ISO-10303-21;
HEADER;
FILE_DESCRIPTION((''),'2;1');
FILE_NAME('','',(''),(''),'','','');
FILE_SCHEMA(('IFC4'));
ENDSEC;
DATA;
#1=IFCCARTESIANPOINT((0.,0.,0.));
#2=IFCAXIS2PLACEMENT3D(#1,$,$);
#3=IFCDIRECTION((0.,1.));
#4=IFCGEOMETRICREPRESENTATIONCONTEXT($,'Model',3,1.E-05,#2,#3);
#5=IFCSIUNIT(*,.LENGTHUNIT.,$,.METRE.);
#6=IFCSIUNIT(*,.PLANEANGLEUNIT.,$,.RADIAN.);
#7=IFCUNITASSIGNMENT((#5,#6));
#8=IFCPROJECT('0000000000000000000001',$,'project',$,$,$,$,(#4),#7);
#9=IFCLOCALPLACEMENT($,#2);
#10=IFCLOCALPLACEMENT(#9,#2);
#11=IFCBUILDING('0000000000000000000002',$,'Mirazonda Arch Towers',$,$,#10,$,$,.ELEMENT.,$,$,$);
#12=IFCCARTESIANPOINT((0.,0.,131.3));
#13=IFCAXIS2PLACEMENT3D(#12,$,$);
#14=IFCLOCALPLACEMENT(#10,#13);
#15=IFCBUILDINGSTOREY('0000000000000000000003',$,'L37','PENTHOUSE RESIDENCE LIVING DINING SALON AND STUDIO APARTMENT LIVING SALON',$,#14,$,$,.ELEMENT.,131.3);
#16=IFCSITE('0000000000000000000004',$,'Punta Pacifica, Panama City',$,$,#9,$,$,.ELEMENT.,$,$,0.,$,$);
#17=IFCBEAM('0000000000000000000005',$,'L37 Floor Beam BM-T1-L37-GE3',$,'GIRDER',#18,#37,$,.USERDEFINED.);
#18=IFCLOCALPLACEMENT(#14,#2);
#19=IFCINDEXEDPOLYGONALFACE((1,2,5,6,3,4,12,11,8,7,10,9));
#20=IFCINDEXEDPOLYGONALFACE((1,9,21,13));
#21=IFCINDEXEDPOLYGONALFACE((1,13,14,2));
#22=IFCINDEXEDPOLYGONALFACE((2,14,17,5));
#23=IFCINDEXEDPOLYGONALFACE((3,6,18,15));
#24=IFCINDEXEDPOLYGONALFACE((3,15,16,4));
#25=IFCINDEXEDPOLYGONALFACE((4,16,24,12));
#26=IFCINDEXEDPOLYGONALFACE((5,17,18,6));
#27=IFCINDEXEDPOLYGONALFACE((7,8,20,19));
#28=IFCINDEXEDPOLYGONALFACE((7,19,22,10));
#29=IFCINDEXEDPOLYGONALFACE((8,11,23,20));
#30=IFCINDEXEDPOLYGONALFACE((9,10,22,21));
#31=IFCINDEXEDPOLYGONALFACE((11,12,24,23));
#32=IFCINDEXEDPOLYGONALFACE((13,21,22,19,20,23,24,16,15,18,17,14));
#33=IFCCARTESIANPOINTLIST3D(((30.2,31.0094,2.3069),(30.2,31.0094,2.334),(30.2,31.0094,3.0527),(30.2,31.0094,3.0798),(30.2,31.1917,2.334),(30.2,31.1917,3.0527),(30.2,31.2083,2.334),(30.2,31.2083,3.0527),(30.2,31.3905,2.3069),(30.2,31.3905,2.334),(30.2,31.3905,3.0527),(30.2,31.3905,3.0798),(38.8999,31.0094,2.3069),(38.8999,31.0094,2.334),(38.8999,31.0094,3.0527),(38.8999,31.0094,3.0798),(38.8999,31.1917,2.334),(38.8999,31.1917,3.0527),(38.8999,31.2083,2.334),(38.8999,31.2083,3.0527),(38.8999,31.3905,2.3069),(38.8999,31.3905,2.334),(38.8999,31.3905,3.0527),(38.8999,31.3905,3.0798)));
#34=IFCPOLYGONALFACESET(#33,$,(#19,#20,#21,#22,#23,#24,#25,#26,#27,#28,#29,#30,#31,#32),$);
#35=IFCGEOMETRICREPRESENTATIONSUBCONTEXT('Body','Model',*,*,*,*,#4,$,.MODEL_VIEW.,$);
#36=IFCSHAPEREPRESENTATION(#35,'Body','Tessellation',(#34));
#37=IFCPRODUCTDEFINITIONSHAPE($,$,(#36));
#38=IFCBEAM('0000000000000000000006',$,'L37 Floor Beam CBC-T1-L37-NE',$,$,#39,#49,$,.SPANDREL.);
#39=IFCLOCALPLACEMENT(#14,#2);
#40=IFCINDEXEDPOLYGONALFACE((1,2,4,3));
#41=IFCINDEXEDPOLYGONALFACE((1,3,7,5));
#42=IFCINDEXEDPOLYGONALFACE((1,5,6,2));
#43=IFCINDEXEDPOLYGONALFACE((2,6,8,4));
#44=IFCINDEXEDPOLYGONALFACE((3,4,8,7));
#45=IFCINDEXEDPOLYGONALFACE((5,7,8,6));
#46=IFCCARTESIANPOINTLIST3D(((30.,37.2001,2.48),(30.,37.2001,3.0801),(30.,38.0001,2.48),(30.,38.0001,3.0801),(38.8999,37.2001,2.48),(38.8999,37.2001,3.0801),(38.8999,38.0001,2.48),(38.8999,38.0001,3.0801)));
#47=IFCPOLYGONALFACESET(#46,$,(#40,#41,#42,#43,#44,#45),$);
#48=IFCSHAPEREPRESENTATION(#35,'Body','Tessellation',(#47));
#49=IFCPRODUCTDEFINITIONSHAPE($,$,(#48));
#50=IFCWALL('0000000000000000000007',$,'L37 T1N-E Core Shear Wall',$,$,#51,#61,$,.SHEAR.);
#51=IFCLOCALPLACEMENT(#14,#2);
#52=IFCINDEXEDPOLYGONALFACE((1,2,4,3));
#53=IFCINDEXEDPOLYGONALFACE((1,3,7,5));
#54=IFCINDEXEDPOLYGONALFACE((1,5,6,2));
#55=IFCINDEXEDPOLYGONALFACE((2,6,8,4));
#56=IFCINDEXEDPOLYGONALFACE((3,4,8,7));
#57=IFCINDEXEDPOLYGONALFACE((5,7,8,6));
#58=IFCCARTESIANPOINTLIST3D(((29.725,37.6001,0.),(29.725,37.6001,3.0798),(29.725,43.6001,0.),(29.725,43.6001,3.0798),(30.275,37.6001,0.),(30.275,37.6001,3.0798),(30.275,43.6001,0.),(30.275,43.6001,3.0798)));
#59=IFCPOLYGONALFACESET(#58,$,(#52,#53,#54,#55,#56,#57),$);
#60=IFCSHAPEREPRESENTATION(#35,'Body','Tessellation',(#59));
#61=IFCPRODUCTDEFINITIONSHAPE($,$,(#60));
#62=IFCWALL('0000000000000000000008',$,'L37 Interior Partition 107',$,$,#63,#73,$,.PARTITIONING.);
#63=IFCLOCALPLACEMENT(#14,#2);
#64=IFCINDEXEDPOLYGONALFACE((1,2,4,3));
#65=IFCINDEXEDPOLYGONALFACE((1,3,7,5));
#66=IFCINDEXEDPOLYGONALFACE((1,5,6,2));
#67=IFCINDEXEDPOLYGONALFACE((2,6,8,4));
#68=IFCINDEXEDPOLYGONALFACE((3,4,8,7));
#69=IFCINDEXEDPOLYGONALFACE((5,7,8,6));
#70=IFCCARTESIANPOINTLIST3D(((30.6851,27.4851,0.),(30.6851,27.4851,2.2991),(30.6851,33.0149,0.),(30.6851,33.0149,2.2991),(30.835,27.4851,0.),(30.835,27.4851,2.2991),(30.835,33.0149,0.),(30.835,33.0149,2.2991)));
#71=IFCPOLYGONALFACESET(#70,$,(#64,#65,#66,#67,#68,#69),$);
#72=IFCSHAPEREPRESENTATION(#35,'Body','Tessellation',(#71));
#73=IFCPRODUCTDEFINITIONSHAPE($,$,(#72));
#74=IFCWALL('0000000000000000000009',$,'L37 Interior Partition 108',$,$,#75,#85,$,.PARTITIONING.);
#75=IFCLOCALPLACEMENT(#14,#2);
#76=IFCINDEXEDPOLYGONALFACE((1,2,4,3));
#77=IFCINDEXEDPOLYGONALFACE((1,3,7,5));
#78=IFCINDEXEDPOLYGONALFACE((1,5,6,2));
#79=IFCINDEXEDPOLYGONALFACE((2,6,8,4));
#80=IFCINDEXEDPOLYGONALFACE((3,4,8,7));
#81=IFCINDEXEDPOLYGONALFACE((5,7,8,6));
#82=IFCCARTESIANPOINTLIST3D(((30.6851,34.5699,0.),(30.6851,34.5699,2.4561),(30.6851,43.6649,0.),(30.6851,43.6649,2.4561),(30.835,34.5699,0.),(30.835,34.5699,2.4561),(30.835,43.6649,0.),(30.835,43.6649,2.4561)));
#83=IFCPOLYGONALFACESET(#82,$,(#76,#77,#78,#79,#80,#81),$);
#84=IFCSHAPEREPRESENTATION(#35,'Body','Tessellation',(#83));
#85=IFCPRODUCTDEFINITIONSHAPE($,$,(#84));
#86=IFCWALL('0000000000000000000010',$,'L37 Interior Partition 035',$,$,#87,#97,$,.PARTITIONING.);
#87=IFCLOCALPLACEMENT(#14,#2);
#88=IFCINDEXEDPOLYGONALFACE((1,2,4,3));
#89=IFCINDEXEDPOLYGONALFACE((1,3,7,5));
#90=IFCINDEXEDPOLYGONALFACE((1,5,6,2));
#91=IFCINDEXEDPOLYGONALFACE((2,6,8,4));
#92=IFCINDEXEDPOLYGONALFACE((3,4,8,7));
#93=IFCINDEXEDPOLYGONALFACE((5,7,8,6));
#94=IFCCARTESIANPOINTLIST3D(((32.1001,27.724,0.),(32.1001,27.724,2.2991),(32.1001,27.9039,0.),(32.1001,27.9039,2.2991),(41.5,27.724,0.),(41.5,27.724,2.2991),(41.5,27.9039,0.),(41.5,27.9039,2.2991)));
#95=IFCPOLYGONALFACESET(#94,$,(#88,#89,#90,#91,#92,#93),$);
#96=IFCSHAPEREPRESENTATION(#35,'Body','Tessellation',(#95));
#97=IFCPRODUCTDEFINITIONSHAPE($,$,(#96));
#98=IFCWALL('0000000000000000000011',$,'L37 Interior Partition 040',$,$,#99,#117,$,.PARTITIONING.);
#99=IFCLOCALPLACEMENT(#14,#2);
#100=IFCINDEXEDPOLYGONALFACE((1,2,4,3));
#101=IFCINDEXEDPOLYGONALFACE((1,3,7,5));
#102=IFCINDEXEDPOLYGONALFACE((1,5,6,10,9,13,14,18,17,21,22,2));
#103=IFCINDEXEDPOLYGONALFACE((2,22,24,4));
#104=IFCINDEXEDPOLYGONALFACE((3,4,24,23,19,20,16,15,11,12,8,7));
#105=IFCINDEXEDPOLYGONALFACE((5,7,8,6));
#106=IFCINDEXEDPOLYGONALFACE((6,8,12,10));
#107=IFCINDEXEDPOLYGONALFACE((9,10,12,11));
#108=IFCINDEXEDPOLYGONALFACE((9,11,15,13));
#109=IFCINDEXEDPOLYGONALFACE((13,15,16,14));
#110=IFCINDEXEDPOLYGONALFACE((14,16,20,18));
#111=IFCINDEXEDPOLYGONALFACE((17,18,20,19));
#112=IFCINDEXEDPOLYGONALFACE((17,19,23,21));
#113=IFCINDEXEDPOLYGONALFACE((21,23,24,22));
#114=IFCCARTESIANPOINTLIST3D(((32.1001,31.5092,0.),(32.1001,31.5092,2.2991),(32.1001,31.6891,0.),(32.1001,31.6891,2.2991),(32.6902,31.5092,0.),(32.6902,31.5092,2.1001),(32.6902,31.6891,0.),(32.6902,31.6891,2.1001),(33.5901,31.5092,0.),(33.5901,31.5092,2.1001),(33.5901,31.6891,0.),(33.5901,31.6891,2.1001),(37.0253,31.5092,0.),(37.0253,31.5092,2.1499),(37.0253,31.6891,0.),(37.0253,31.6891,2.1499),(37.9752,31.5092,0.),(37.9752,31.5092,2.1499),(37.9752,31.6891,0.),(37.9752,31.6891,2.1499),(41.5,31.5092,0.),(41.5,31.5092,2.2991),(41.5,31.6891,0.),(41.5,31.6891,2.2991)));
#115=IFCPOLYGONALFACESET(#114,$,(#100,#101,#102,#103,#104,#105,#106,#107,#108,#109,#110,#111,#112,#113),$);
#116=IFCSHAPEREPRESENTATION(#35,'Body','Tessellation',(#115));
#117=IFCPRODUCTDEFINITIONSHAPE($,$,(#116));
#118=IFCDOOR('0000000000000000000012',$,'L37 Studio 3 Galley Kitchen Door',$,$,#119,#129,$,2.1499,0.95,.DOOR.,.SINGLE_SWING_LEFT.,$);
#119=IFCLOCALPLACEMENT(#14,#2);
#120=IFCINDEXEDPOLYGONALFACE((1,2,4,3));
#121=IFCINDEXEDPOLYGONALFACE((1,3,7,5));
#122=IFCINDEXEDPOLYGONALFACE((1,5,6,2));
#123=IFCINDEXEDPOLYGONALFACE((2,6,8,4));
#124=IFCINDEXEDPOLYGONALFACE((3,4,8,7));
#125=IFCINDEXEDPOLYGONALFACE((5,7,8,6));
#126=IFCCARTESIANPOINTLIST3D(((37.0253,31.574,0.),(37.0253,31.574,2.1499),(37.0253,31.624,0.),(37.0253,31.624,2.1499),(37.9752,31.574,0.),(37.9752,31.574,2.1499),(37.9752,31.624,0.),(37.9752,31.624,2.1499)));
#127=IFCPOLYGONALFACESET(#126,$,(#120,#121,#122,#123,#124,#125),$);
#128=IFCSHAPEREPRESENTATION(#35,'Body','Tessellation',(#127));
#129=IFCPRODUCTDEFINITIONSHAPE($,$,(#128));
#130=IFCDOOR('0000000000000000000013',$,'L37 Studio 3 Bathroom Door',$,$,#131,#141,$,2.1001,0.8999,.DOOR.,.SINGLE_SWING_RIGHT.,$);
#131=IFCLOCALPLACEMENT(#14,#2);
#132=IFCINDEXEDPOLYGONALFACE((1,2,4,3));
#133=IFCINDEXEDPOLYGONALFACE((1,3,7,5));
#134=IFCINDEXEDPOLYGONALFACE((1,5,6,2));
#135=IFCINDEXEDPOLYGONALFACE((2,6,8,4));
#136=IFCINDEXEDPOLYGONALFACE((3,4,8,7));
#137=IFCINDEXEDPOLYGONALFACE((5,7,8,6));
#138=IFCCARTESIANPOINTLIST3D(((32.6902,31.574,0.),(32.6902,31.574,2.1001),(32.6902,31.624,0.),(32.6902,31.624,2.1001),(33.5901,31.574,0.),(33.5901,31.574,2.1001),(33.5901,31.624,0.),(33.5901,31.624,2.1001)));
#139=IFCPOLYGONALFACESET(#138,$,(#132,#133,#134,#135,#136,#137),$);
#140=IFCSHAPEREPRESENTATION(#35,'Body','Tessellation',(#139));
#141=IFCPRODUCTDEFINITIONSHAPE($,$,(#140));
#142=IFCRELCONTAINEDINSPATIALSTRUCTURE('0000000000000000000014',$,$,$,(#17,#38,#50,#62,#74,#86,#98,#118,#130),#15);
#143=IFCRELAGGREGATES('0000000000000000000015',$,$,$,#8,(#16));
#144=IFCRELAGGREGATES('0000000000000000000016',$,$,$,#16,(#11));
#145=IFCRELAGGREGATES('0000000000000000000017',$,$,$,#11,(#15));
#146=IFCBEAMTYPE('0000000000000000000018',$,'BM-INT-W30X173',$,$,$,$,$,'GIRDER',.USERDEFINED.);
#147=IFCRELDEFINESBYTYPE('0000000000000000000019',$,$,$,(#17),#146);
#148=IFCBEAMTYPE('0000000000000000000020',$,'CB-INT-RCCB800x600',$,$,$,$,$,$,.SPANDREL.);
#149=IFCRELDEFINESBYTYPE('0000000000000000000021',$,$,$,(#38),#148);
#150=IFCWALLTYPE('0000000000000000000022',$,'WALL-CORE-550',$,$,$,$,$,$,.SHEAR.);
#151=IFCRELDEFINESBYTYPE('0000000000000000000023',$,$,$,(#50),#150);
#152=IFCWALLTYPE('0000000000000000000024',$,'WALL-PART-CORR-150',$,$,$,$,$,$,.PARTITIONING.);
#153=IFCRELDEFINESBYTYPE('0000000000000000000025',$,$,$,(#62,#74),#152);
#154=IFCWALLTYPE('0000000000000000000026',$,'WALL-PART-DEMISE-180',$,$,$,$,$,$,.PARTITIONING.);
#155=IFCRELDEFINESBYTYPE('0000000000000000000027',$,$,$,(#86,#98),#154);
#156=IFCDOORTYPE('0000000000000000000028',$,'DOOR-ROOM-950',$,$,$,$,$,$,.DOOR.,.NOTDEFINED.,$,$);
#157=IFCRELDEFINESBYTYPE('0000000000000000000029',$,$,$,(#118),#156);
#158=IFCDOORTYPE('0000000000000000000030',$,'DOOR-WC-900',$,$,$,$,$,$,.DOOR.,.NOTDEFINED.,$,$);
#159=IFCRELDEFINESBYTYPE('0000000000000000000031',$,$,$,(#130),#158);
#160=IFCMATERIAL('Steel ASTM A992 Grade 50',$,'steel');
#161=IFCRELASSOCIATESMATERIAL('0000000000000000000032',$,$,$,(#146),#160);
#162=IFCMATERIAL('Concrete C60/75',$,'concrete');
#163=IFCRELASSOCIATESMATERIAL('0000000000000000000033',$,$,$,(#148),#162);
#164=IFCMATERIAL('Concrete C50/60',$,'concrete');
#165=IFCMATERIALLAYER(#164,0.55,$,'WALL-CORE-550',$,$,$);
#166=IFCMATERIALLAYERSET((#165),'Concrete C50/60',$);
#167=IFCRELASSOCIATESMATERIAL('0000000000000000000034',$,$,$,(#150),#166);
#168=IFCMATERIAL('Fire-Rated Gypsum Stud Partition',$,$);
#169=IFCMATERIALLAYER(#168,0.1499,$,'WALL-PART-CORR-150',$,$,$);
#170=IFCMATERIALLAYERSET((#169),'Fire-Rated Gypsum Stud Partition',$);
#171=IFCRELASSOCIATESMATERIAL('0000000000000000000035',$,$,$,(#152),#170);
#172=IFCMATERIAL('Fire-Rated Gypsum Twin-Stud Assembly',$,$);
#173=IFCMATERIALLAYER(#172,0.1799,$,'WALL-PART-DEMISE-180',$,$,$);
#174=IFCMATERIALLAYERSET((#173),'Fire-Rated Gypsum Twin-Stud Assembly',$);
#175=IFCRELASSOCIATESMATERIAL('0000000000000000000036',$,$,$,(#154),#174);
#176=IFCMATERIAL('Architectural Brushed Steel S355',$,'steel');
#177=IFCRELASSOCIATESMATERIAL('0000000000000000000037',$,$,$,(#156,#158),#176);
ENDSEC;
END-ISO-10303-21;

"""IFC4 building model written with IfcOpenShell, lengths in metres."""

from ifc_helpers import new_model, si_unit, direction, frame, frame_2d, origin, origin_2d, place, context, subcontext, project, spatial, rectangle, i_section, extrude, material, layer, layer_set, material_profile, profile_set, type_object, element, fill, save


model = new_model("IFC4")

# Units and contexts
model_context = context("Model", 3, precision=1e-05, world=origin(), true_north=direction((0.0, 1.0)))
body_context = subcontext(model_context, "Body", "Model", "MODEL_VIEW")
ifc_project = project(units=[si_unit("LENGTHUNIT", "METRE"), si_unit("PLANEANGLEUNIT", "RADIAN")], contexts=[model_context])

# Site, building, storey
site_placement = place(None, origin())
site = spatial("IfcSite", under=ifc_project, at=site_placement, Name="Punta Pacifica, Panama City", CompositionType="ELEMENT", RefElevation=0.0)
building_placement = place(site_placement, origin())
building = spatial("IfcBuilding", under=site, at=building_placement, Name="Mirazonda Arch Towers", CompositionType="ELEMENT")
storey_placement = place(building_placement, frame((0.0, 0.0, 131.3)))
storey = spatial("IfcBuildingStorey", under=building, at=storey_placement, Name="L37", Description="PENTHOUSE RESIDENCE LIVING DINING SALON AND STUDIO APARTMENT LIVING SALON", CompositionType="ELEMENT", Elevation=131.3)

# Beams
ifc_material_1 = material(Name="Steel ASTM A992 Grade 50", Category="steel")
ifc_material_profile_1 = material_profile(ifc_material_1, i_section(OverallWidth=0.3811, OverallDepth=0.7729, WebThickness=0.0166, FlangeThickness=0.0271, at=origin_2d()), Name="W30X173")
ifc_profile_set_1 = profile_set([ifc_material_profile_1], Name="Steel ASTM A992 Grade 50")
beam_type_1 = type_object("IfcBeamType", Name="BM-INT-W30X173", ElementType="GIRDER", PredefinedType="USERDEFINED", material=ifc_profile_set_1)
beam_1_placement = place(storey_placement, frame((30.2, 31.2, 2.6934), z_axis=(1.0, 0.0, 0.0), x_axis=(0.0, 1.0, 0.0)))
element("IfcBeam", 1, at=beam_1_placement, inside=storey, type_object=beam_type_1, Name="L37 Floor Beam BM-T1-L37-GE3", ObjectType="GIRDER", PredefinedType="USERDEFINED", context=body_context, shape_type="SweptSolid", body=[
    extrude(i_section(OverallWidth=0.3811, OverallDepth=0.7729, WebThickness=0.0166, FlangeThickness=0.0271, at=origin_2d()), origin(), (0.0, 0.0, 1.0), 8.7),
])
ifc_material_2 = material(Name="Concrete C60/75", Category="concrete")
ifc_material_profile_2 = material_profile(ifc_material_2, rectangle(XDim=0.8, YDim=0.6001, at=origin_2d()), Name="RCCB800x600")
ifc_profile_set_2 = profile_set([ifc_material_profile_2], Name="Concrete C60/75")
beam_type_2 = type_object("IfcBeamType", Name="CB-INT-RCCB800x600", PredefinedType="SPANDREL", material=ifc_profile_set_2)
beam_2_placement = place(storey_placement, frame((30.0, 37.6001, 2.78), z_axis=(1.0, 0.0, 0.0), x_axis=(0.0, 1.0, 0.0)))
element("IfcBeam", 2, at=beam_2_placement, inside=storey, type_object=beam_type_2, Name="L37 Floor Beam CBC-T1-L37-NE", PredefinedType="SPANDREL", context=body_context, shape_type="SweptSolid", body=[
    extrude(rectangle(XDim=0.8, YDim=0.6001, at=origin_2d()), origin(), (0.0, 0.0, 1.0), 8.8999),
])

# Walls
ifc_material_3 = material(Name="Concrete C50/60", Category="concrete")
ifc_layer_1 = layer(ifc_material_3, 0.55, Name="WALL-CORE-550")
ifc_layer_set_1 = layer_set([ifc_layer_1], Name="Concrete C50/60")
wall_type_1 = type_object("IfcWallType", Name="WALL-CORE-550", PredefinedType="SHEAR", material=ifc_layer_set_1)
wall_1_placement = place(storey_placement, frame((30.0, 37.6001, 0.0), z_axis=(0.0, 0.0, 1.0), x_axis=(0.0, 1.0, 0.0)))
element("IfcWall", 3, at=wall_1_placement, inside=storey, type_object=wall_type_1, Name="L37 T1N-E Core Shear Wall", PredefinedType="SHEAR", context=body_context, shape_type="SweptSolid", body=[
    extrude(rectangle(XDim=6.0, YDim=0.55, at=frame_2d((3.0, 0.0))), origin(), (0.0, 0.0, 1.0), 3.0798),
])
ifc_material_4 = material(Name="Fire-Rated Gypsum Stud Partition")
ifc_layer_2 = layer(ifc_material_4, 0.1499, Name="WALL-PART-CORR-150")
ifc_layer_set_2 = layer_set([ifc_layer_2], Name="Fire-Rated Gypsum Stud Partition")
wall_type_2 = type_object("IfcWallType", Name="WALL-PART-CORR-150", PredefinedType="PARTITIONING", material=ifc_layer_set_2)
wall_2_placement = place(storey_placement, frame((30.76, 27.4851, 0.0), z_axis=(0.0, 0.0, 1.0), x_axis=(0.0, 1.0, 0.0)))
element("IfcWall", 4, at=wall_2_placement, inside=storey, type_object=wall_type_2, Name="L37 Interior Partition 107", PredefinedType="PARTITIONING", context=body_context, shape_type="SweptSolid", body=[
    extrude(rectangle(XDim=5.5298, YDim=0.1499, at=frame_2d((2.7649, 0.0))), origin(), (0.0, 0.0, 1.0), 2.2991),
])
wall_3_placement = place(storey_placement, frame((30.76, 34.5701, 0.0), z_axis=(0.0, 0.0, 1.0), x_axis=(0.0, 1.0, 0.0)))
element("IfcWall", 5, at=wall_3_placement, inside=storey, type_object=wall_type_2, Name="L37 Interior Partition 108", PredefinedType="PARTITIONING", context=body_context, shape_type="SweptSolid", body=[
    extrude(rectangle(XDim=9.095, YDim=0.1499, at=frame_2d((4.5474, 0.0))), origin(), (0.0, 0.0, 1.0), 2.4561),
])
ifc_material_5 = material(Name="Fire-Rated Gypsum Twin-Stud Assembly")
ifc_layer_3 = layer(ifc_material_5, 0.1799, Name="WALL-PART-DEMISE-180")
ifc_layer_set_3 = layer_set([ifc_layer_3], Name="Fire-Rated Gypsum Twin-Stud Assembly")
wall_type_3 = type_object("IfcWallType", Name="WALL-PART-DEMISE-180", PredefinedType="PARTITIONING", material=ifc_layer_set_3)
wall_4_placement = place(storey_placement, frame((32.1001, 27.814, 0.0), z_axis=(0.0, 0.0, 1.0), x_axis=(1.0, 0.0, 0.0)))
element("IfcWall", 6, at=wall_4_placement, inside=storey, type_object=wall_type_3, Name="L37 Interior Partition 035", PredefinedType="PARTITIONING", context=body_context, shape_type="SweptSolid", body=[
    extrude(rectangle(XDim=9.3999, YDim=0.1799, at=frame_2d((4.7, 0.0))), origin(), (0.0, 0.0, 1.0), 2.2991),
])

# Wall, openings, doors
wall_5_placement = place(storey_placement, frame((32.1001, 31.5991, 0.0), z_axis=(0.0, 0.0, 1.0), x_axis=(1.0, 0.0, 0.0)))
wall_5 = element("IfcWall", 7, at=wall_5_placement, inside=storey, type_object=wall_type_3, Name="L37 Interior Partition 040", PredefinedType="PARTITIONING", context=body_context, shape_type="SweptSolid", body=[
    extrude(rectangle(XDim=9.3999, YDim=0.1799, at=frame_2d((4.7, 0.0))), origin(), (0.0, 0.0, 1.0), 2.2991),
])
opening_1_placement = place(wall_5_placement, frame((4.925, 0.0, 0.0)))
opening_1 = element("IfcOpeningElement", 8, at=opening_1_placement, cuts=wall_5, PredefinedType="OPENING", context=body_context, shape_type="SweptSolid", body=[
    extrude(rectangle(XDim=0.95, YDim=2.1499, at=frame_2d((0.4751, 1.075))), frame((0.0, 0.0999, 0.0), z_axis=(0.0, -1.0, 0.0), x_axis=(1.0, 0.0, 0.0)), (0.0, 0.0, 1.0), 0.2),
])
opening_2_placement = place(wall_5_placement, frame((0.5901, 0.0, 0.0)))
opening_2 = element("IfcOpeningElement", 9, at=opening_2_placement, cuts=wall_5, PredefinedType="OPENING", context=body_context, shape_type="SweptSolid", body=[
    extrude(rectangle(XDim=0.8999, YDim=2.1001, at=frame_2d((0.45, 1.05))), frame((0.0, 0.0999, 0.0), z_axis=(0.0, -1.0, 0.0), x_axis=(1.0, 0.0, 0.0)), (0.0, 0.0, 1.0), 0.2),
])
ifc_material_6 = material(Name="Architectural Brushed Steel S355", Category="steel")
door_type_1 = type_object("IfcDoorType", Name="DOOR-ROOM-950", OperationType="NOTDEFINED", PredefinedType="DOOR", material=ifc_material_6)
door_1_placement = place(opening_1_placement, origin())
door_1 = element("IfcDoor", 10, at=door_1_placement, inside=storey, type_object=door_type_1, Name="L37 Studio 3 Galley Kitchen Door", OperationType="SINGLE_SWING_LEFT", OverallHeight=2.1499, OverallWidth=0.95, PredefinedType="DOOR", context=body_context, shape_type="SweptSolid", body=[
    extrude(rectangle(XDim=0.95, YDim=2.1499, at=frame_2d((0.4751, 1.075))), frame((0.0, 0.0249, 0.0), z_axis=(0.0, -1.0, 0.0), x_axis=(1.0, 0.0, 0.0)), (0.0, 0.0, 1.0), 0.05),
])
fill(opening_1, door_1)
door_type_2 = type_object("IfcDoorType", Name="DOOR-WC-900", OperationType="NOTDEFINED", PredefinedType="DOOR", material=ifc_material_6)
door_2_placement = place(opening_2_placement, origin())
door_2 = element("IfcDoor", 11, at=door_2_placement, inside=storey, type_object=door_type_2, Name="L37 Studio 3 Bathroom Door", OperationType="SINGLE_SWING_RIGHT", OverallHeight=2.1001, OverallWidth=0.8999, PredefinedType="DOOR", context=body_context, shape_type="SweptSolid", body=[
    extrude(rectangle(XDim=0.8999, YDim=2.1001, at=frame_2d((0.45, 1.05))), frame((0.0, 0.0249, 0.0), z_axis=(0.0, -1.0, 0.0), x_axis=(1.0, 0.0, 0.0)), (0.0, 0.0, 1.0), 0.05),
])
fill(opening_2, door_2)

save(model, "model.ifc")
